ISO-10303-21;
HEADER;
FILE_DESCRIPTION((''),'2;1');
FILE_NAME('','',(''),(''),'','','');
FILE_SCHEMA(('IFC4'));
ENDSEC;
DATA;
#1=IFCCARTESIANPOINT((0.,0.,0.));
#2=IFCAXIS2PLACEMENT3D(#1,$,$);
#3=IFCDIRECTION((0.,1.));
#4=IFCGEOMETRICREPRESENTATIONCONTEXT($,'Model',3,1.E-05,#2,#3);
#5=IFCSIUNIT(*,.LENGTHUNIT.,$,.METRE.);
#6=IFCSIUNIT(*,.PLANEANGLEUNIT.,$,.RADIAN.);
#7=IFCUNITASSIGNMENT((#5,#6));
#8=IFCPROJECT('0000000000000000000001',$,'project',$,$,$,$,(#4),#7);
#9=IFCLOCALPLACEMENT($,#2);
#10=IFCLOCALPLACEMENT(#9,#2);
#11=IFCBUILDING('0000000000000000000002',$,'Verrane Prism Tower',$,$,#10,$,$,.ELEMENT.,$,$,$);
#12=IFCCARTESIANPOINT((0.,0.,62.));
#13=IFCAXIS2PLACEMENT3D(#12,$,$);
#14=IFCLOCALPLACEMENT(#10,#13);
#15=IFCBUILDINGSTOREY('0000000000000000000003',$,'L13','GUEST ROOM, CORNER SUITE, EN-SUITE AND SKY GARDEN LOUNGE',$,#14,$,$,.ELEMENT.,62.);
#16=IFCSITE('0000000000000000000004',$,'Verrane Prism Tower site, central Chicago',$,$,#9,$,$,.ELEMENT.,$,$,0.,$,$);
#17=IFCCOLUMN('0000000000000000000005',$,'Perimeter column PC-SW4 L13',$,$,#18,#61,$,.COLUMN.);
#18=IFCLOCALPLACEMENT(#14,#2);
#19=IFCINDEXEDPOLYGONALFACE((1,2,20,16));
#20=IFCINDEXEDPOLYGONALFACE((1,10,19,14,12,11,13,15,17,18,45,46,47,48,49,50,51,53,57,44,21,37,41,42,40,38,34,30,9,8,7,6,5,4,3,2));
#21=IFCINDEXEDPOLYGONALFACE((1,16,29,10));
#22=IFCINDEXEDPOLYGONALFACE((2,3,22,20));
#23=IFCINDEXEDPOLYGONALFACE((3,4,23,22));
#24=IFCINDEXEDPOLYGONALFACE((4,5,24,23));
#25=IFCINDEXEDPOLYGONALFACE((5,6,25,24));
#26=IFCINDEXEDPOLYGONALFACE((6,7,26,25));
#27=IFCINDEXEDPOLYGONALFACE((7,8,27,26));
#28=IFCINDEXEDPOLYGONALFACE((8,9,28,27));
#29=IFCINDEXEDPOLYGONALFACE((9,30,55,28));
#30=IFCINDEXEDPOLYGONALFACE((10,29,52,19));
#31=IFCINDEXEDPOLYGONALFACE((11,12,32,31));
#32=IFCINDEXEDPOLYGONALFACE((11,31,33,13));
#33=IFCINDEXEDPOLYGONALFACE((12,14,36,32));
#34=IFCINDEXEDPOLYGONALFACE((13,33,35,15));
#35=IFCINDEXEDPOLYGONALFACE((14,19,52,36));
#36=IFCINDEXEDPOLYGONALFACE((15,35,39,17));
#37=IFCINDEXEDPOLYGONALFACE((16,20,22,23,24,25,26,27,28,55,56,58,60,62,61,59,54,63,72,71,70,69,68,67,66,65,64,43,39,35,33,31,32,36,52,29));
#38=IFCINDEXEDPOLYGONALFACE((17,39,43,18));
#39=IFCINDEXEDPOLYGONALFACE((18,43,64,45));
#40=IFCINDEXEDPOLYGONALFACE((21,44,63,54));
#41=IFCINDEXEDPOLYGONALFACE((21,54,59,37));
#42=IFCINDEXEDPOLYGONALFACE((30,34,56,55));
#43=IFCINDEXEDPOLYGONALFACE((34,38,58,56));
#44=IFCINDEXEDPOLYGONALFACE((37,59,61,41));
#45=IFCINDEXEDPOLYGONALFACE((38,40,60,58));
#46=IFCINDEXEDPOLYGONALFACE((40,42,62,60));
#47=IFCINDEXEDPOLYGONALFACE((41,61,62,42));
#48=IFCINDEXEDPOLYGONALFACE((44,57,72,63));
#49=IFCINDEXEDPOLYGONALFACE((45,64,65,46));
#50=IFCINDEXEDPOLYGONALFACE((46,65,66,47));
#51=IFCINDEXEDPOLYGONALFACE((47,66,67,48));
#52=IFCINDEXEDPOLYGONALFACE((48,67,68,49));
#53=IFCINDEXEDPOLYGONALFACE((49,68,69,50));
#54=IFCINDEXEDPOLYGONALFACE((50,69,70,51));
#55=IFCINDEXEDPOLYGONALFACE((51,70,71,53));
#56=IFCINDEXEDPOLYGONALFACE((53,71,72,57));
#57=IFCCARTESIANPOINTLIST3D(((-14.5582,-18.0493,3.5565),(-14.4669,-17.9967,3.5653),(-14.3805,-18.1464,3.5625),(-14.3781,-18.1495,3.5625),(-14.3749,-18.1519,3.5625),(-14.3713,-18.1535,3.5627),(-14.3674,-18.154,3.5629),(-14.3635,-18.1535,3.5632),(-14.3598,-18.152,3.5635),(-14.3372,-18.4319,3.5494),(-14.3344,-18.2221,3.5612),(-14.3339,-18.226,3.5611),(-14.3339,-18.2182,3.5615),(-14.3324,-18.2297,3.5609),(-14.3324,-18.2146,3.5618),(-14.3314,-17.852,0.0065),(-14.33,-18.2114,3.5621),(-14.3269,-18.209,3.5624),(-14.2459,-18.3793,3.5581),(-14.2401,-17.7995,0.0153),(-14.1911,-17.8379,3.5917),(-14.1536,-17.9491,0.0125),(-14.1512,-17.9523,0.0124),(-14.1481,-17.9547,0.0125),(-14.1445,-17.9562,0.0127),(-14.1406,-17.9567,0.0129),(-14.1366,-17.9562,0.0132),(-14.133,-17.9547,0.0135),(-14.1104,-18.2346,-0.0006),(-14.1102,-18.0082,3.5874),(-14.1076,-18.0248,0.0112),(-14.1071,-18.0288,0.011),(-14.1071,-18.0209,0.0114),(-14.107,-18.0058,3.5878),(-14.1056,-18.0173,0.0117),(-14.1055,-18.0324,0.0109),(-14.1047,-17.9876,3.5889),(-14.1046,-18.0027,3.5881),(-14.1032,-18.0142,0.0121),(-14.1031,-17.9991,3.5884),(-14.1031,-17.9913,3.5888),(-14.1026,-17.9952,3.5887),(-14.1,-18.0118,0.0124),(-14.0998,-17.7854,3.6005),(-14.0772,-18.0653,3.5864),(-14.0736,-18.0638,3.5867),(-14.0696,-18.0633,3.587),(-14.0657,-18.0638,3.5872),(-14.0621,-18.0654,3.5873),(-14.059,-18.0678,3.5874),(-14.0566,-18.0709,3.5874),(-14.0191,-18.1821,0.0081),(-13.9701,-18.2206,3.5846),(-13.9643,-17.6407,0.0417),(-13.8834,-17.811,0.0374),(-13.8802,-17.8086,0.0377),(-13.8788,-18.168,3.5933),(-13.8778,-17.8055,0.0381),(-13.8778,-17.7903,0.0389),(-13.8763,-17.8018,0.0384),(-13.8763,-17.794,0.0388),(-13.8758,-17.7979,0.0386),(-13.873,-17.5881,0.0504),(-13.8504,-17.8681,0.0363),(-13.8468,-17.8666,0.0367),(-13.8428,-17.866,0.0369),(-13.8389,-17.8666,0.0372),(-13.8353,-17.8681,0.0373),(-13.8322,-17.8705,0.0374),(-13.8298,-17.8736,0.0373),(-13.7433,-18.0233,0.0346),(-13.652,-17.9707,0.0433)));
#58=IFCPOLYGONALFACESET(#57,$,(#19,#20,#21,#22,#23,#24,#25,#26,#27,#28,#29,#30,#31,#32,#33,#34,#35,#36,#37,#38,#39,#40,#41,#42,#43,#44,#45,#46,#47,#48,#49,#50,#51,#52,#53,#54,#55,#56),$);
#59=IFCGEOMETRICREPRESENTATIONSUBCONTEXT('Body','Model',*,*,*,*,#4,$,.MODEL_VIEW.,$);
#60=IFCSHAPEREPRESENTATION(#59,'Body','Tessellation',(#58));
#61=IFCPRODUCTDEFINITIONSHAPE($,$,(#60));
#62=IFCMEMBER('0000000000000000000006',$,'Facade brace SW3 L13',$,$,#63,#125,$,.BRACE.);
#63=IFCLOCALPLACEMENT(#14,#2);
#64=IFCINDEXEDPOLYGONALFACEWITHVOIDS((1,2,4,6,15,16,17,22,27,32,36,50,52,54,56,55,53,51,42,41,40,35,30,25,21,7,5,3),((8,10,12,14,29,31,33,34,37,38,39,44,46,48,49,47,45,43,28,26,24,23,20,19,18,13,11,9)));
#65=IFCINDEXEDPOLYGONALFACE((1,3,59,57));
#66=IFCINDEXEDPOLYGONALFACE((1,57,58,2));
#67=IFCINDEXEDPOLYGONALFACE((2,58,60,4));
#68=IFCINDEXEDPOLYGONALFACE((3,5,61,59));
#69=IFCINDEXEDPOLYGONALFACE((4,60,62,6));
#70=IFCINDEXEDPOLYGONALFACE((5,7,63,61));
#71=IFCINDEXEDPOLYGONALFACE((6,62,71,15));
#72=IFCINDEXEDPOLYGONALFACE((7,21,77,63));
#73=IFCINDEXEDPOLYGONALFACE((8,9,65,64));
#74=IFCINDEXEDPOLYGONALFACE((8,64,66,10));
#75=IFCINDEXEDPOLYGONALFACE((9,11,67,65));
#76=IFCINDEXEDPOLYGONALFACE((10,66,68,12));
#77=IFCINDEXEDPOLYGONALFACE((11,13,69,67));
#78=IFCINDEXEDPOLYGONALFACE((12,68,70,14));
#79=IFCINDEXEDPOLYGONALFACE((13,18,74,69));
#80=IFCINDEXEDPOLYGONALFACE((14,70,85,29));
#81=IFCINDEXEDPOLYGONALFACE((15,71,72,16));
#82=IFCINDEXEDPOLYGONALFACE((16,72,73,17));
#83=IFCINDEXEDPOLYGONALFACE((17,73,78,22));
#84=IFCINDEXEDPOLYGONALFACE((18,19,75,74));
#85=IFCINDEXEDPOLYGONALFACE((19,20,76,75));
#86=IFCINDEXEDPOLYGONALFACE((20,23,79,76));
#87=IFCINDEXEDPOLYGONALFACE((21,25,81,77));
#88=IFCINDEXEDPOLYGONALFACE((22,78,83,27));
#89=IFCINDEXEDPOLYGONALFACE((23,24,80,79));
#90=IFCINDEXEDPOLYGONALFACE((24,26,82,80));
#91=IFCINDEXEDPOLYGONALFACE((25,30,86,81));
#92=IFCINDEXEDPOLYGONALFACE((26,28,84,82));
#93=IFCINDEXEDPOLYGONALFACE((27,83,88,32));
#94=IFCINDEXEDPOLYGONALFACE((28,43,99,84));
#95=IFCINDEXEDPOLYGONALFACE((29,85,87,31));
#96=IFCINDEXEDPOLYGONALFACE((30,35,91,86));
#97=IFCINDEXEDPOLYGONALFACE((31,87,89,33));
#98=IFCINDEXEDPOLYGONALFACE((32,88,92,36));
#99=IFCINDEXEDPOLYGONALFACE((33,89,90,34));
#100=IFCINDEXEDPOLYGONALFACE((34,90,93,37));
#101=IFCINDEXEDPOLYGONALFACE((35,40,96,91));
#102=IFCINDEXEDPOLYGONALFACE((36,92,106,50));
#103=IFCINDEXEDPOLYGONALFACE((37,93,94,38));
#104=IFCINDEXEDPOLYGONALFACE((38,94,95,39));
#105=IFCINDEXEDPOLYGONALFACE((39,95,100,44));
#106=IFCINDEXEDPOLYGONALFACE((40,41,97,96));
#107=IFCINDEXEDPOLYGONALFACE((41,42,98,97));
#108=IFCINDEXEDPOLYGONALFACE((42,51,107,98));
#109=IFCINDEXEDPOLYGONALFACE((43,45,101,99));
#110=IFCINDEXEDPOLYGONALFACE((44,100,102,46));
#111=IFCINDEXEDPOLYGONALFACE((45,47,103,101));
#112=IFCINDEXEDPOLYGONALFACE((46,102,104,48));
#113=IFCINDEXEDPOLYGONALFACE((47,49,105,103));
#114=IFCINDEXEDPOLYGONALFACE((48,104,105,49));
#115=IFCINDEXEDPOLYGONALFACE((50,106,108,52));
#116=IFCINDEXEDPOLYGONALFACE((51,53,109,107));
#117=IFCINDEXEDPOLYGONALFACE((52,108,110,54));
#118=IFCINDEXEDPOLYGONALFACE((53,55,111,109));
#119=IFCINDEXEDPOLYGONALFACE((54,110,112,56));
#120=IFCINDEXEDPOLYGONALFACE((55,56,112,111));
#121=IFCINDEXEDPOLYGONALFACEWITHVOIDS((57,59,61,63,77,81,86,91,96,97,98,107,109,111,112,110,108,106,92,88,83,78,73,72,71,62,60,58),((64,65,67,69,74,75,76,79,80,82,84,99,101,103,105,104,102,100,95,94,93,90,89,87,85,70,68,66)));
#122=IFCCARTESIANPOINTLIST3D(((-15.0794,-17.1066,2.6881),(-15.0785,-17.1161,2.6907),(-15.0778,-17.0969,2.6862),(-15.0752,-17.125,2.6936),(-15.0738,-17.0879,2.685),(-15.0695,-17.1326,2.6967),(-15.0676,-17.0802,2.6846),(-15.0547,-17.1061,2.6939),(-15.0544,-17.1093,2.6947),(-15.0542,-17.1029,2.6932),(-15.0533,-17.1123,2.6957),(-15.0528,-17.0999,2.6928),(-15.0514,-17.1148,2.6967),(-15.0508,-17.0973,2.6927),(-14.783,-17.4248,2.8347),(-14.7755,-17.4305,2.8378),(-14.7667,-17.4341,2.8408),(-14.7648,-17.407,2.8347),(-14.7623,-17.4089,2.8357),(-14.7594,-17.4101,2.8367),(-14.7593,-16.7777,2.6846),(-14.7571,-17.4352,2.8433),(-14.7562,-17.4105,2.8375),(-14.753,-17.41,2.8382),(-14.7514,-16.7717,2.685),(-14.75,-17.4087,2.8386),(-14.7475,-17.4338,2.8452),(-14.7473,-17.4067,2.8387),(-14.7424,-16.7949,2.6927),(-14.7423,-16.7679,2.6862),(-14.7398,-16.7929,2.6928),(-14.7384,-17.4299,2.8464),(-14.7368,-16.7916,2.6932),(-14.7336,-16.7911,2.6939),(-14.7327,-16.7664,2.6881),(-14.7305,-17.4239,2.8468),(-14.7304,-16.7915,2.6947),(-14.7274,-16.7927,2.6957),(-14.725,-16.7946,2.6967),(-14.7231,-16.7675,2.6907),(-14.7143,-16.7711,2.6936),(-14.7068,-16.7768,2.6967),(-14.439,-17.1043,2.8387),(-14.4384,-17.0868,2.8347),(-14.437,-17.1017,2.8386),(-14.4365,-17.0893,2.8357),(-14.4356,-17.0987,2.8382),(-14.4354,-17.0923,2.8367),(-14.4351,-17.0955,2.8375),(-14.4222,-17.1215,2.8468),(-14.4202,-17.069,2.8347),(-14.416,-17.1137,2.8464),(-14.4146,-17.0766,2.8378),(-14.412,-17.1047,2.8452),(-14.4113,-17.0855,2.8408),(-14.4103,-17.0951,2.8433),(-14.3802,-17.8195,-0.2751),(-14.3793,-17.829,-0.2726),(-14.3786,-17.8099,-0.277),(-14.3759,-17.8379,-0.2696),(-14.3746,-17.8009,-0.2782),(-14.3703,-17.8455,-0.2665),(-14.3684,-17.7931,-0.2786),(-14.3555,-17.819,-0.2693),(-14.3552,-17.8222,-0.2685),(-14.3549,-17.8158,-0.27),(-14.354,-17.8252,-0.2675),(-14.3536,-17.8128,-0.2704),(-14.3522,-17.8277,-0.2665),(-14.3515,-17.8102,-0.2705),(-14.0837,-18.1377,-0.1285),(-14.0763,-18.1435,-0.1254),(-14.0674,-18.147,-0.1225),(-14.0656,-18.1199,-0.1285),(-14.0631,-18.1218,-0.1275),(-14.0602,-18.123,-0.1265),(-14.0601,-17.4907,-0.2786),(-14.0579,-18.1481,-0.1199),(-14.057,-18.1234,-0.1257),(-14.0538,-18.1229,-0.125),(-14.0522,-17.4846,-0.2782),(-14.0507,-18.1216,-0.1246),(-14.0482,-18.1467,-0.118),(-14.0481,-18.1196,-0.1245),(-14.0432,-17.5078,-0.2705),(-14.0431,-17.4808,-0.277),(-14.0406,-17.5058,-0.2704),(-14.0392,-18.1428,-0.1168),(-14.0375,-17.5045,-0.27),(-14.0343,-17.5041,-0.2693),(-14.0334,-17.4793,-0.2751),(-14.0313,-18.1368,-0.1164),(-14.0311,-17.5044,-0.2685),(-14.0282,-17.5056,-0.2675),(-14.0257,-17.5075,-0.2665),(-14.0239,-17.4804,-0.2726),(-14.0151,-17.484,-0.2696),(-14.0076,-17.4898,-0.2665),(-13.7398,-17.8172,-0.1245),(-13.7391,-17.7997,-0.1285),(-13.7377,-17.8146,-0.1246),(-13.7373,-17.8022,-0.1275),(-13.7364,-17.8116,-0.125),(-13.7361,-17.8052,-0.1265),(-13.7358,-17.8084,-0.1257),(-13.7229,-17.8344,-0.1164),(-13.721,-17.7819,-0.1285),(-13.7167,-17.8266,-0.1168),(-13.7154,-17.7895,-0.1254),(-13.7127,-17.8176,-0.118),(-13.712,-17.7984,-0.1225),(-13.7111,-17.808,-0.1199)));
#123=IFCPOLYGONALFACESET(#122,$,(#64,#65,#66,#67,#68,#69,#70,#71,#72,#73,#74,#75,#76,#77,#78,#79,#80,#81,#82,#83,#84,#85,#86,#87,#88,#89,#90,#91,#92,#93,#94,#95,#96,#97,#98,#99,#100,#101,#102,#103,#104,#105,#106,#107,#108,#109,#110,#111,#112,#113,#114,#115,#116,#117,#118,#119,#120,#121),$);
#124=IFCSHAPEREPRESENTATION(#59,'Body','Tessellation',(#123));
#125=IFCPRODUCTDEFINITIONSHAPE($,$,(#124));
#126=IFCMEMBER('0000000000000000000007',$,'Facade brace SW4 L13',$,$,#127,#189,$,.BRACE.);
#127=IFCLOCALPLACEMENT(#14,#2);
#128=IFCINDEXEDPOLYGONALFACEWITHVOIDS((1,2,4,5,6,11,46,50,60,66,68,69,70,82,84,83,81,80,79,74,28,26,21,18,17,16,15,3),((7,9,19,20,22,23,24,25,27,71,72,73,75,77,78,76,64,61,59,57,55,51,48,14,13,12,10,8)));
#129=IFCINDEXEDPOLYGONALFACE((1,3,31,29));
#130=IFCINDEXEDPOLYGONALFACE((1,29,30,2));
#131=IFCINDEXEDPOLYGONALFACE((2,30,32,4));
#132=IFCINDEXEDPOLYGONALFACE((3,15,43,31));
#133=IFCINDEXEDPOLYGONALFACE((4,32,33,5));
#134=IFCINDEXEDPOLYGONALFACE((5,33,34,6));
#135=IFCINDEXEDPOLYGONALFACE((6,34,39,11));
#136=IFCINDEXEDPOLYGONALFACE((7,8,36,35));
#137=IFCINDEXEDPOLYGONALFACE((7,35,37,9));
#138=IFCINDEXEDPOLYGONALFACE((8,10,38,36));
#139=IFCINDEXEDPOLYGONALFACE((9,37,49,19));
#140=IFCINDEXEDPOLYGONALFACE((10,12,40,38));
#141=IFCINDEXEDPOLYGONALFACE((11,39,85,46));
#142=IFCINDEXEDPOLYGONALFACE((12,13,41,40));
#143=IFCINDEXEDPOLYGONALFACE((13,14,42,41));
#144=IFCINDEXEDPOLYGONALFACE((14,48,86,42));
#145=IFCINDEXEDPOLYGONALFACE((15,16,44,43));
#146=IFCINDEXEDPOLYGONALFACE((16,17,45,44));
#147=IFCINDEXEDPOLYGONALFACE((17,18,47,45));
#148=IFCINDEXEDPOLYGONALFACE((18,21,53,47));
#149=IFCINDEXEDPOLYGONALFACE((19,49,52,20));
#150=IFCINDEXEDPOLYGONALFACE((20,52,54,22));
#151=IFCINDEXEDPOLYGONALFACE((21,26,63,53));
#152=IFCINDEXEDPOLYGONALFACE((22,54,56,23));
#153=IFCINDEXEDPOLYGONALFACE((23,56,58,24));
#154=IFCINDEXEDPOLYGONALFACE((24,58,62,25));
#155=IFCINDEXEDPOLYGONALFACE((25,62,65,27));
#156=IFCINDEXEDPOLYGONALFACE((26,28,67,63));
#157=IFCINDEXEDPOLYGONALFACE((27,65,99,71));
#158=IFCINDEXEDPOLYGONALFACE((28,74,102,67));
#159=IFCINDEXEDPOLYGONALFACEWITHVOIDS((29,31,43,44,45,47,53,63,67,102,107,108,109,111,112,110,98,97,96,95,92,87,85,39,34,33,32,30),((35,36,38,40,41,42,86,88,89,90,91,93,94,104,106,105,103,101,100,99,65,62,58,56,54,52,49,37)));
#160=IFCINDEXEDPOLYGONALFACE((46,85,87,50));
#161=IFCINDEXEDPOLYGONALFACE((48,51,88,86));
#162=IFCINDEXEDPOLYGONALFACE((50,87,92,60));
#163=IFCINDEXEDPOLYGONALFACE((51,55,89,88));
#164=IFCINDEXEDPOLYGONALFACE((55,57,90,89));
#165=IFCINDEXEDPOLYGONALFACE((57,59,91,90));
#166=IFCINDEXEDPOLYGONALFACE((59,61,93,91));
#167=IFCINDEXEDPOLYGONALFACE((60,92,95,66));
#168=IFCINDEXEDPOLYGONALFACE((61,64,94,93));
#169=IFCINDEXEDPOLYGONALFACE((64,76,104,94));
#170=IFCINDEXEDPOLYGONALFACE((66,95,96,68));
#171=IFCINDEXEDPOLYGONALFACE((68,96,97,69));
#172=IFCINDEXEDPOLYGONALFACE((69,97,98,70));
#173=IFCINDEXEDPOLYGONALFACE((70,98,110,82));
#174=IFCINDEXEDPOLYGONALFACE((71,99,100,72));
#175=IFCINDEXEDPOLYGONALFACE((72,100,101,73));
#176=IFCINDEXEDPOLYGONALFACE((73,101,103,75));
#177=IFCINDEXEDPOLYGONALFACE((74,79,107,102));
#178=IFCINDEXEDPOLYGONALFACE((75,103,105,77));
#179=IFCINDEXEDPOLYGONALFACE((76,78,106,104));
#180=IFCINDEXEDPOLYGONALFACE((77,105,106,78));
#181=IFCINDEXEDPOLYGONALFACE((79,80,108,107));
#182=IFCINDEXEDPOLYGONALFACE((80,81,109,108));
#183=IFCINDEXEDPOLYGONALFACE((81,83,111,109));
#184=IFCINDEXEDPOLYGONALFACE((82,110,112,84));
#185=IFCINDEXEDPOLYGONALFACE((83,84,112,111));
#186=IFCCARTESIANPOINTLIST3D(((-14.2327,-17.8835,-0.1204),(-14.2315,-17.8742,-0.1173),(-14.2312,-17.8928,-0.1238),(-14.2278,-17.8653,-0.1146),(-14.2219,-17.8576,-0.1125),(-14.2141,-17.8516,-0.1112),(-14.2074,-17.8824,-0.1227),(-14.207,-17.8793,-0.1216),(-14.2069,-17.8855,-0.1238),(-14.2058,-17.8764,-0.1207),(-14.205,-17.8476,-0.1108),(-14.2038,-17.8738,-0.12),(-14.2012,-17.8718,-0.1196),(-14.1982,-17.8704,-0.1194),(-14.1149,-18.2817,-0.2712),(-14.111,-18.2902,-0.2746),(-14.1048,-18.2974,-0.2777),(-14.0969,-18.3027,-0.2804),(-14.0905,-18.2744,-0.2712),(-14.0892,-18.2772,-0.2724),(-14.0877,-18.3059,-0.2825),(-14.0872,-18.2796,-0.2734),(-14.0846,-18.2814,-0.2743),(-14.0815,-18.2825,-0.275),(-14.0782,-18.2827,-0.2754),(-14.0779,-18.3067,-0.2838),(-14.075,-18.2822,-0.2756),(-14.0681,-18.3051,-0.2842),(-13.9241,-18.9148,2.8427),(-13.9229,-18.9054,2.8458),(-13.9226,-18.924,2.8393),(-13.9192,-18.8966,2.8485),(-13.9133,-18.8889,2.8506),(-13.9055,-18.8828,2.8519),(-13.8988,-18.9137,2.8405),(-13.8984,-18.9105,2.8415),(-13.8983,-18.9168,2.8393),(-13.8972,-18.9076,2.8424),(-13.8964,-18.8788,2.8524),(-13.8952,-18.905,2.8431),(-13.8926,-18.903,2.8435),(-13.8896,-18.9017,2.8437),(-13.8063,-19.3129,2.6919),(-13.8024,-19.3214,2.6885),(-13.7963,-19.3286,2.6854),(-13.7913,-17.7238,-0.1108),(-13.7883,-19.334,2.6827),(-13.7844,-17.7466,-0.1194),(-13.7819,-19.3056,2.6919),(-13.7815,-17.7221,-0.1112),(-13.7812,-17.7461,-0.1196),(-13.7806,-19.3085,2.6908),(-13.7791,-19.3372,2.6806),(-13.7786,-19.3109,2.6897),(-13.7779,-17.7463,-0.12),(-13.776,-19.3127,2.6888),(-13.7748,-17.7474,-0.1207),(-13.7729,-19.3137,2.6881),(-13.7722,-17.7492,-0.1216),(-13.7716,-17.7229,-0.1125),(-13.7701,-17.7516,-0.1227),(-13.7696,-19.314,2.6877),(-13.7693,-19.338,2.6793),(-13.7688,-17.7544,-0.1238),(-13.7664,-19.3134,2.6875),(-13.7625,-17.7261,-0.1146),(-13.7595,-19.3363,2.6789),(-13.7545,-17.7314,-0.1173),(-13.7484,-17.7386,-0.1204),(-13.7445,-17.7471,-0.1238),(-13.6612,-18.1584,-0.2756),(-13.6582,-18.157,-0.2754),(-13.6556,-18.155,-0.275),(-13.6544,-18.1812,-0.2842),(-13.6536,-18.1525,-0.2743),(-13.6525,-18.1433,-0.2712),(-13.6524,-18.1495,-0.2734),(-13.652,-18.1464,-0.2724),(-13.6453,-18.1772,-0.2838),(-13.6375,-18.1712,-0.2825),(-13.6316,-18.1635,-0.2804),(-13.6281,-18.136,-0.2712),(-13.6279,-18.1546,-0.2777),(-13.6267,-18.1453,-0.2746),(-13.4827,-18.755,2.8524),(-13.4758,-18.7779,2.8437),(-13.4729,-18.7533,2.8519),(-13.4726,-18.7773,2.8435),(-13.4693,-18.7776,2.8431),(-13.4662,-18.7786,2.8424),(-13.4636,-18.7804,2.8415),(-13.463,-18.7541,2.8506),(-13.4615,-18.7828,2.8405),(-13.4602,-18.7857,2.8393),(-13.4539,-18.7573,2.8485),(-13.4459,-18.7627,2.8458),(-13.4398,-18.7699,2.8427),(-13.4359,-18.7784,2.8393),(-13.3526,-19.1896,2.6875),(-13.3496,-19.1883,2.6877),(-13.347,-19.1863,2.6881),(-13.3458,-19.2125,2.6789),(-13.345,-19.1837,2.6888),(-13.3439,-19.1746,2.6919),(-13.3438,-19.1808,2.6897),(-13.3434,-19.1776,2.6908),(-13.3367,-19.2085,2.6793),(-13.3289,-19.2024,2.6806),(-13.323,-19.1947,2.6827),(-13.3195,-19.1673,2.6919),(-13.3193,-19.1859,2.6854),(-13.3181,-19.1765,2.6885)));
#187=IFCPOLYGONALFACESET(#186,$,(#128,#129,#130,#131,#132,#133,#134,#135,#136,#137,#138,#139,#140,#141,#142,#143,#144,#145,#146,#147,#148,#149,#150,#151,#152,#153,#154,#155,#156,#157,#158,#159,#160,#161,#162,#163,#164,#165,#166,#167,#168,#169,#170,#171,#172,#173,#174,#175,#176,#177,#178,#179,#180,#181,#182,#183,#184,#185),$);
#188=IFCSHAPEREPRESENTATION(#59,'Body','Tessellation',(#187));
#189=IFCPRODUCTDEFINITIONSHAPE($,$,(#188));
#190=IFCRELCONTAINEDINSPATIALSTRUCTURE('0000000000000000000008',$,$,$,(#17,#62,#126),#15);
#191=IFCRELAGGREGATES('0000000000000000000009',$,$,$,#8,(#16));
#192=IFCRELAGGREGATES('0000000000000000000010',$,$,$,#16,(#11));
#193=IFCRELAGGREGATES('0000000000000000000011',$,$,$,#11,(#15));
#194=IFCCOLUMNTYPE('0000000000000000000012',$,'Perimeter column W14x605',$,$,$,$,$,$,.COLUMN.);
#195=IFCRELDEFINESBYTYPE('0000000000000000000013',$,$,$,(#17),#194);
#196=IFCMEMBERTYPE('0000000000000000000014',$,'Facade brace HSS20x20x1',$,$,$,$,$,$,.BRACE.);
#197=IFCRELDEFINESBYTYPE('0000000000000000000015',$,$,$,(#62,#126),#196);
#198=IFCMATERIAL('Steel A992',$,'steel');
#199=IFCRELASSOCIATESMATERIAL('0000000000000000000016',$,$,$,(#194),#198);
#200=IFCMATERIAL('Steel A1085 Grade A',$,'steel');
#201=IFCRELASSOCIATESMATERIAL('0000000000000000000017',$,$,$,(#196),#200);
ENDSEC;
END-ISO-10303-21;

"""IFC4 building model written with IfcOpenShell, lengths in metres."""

from ifc_helpers import new_model, si_unit, direction, frame, origin, origin_2d, place, context, subcontext, project, spatial, hollow_rectangle, i_section, extrude, material, material_profile, profile_set, type_object, element, save


model = new_model("IFC4")

# Units and contexts
model_context = context("Model", 3, precision=1e-05, world=origin(), true_north=direction((0.0, 1.0)))
body_context = subcontext(model_context, "Body", "Model", "MODEL_VIEW")
ifc_project = project(units=[si_unit("LENGTHUNIT", "METRE"), si_unit("PLANEANGLEUNIT", "RADIAN")], contexts=[model_context])

# Site, building, storey
site_placement = place(None, origin())
site = spatial("IfcSite", under=ifc_project, at=site_placement, Name="Verrane Prism Tower site, central Chicago", CompositionType="ELEMENT", RefElevation=0.0)
building_placement = place(site_placement, origin())
building = spatial("IfcBuilding", under=site, at=building_placement, Name="Verrane Prism Tower", CompositionType="ELEMENT")
storey_placement = place(building_placement, frame((0.0, 0.0, 62.0)))
storey = spatial("IfcBuildingStorey", under=building, at=storey_placement, Name="L13", Description="GUEST ROOM, CORNER SUITE, EN-SUITE AND SKY GARDEN LOUNGE", CompositionType="ELEMENT", Elevation=62.0)

# Column
ifc_material_1 = material(Name="Steel A992", Category="steel")
ifc_material_profile_1 = material_profile(ifc_material_1, i_section(OverallWidth=0.4419, OverallDepth=0.5308, WebThickness=0.0659, FlangeThickness=0.1057, FilletRadius=0.0151, at=origin_2d()), Name="W14x605")
ifc_profile_set_1 = profile_set([ifc_material_profile_1], Name="Steel A992")
column_type = type_object("IfcColumnType", Name="Perimeter column W14x605", PredefinedType="COLUMN", material=ifc_profile_set_1)
column_placement = place(storey_placement, frame((-13.9917, -17.9114, 0.0249), z_axis=(-0.063661, -0.055369, 0.996434), x_axis=(-0.500027, 0.865859, 0.016167)))
element("IfcColumn", 1, at=column_placement, inside=storey, type_object=column_type, Name="Perimeter column PC-SW4 L13", PredefinedType="COLUMN", context=body_context, shape_type="SweptSolid", body=[
    extrude(i_section(OverallWidth=0.4419, OverallDepth=0.5308, WebThickness=0.0659, FlangeThickness=0.1057, FilletRadius=0.0151, at=origin_2d()), origin(), (0.0, 0.0, 1.0), 3.5627),
])

# Members
ifc_material_2 = material(Name="Steel A1085 Grade A", Category="steel")
ifc_material_profile_2 = material_profile(ifc_material_2, hollow_rectangle(XDim=0.5081, YDim=0.5081, WallThickness=0.0254, InnerFilletRadius=0.0127, OuterFilletRadius=0.0381, at=origin_2d()), Name="HSS20x20x1")
ifc_profile_set_2 = profile_set([ifc_material_profile_2], Name="Steel A1085 Grade A")
member_type_1 = type_object("IfcMemberType", Name="Facade brace HSS20x20x1", PredefinedType="BRACE", material=ifc_profile_set_2)
member_1_placement = place(storey_placement, frame((-14.0457, -17.8137, -0.1975), z_axis=(-0.223617, 0.227989, 0.947637), x_axis=(-0.713919, -0.700228, 0.0)))
element("IfcMember", 2, at=member_1_placement, inside=storey, type_object=member_type_1, Name="Facade brace SW3 L13", PredefinedType="BRACE", context=body_context, shape_type="SweptSolid", body=[
    extrude(hollow_rectangle(XDim=0.5081, YDim=0.5081, WallThickness=0.0254, InnerFilletRadius=0.0127, OuterFilletRadius=0.0381, at=origin_2d()), origin(), (0.0, 0.0, 1.0), 3.127),
])
member_2_placement = place(storey_placement, frame((-13.9297, -18.0144, -0.1975), z_axis=(0.097886, -0.327111, 0.939903), x_axis=(0.958026, 0.286682, 0.0)))
element("IfcMember", 3, at=member_2_placement, inside=storey, type_object=member_type_1, Name="Facade brace SW4 L13", PredefinedType="BRACE", context=body_context, shape_type="SweptSolid", body=[
    extrude(hollow_rectangle(XDim=0.5081, YDim=0.5081, WallThickness=0.0254, InnerFilletRadius=0.0127, OuterFilletRadius=0.0381, at=origin_2d()), origin(), (0.0, 0.0, 1.0), 3.1526),
])

save(model, "model.ifc")
